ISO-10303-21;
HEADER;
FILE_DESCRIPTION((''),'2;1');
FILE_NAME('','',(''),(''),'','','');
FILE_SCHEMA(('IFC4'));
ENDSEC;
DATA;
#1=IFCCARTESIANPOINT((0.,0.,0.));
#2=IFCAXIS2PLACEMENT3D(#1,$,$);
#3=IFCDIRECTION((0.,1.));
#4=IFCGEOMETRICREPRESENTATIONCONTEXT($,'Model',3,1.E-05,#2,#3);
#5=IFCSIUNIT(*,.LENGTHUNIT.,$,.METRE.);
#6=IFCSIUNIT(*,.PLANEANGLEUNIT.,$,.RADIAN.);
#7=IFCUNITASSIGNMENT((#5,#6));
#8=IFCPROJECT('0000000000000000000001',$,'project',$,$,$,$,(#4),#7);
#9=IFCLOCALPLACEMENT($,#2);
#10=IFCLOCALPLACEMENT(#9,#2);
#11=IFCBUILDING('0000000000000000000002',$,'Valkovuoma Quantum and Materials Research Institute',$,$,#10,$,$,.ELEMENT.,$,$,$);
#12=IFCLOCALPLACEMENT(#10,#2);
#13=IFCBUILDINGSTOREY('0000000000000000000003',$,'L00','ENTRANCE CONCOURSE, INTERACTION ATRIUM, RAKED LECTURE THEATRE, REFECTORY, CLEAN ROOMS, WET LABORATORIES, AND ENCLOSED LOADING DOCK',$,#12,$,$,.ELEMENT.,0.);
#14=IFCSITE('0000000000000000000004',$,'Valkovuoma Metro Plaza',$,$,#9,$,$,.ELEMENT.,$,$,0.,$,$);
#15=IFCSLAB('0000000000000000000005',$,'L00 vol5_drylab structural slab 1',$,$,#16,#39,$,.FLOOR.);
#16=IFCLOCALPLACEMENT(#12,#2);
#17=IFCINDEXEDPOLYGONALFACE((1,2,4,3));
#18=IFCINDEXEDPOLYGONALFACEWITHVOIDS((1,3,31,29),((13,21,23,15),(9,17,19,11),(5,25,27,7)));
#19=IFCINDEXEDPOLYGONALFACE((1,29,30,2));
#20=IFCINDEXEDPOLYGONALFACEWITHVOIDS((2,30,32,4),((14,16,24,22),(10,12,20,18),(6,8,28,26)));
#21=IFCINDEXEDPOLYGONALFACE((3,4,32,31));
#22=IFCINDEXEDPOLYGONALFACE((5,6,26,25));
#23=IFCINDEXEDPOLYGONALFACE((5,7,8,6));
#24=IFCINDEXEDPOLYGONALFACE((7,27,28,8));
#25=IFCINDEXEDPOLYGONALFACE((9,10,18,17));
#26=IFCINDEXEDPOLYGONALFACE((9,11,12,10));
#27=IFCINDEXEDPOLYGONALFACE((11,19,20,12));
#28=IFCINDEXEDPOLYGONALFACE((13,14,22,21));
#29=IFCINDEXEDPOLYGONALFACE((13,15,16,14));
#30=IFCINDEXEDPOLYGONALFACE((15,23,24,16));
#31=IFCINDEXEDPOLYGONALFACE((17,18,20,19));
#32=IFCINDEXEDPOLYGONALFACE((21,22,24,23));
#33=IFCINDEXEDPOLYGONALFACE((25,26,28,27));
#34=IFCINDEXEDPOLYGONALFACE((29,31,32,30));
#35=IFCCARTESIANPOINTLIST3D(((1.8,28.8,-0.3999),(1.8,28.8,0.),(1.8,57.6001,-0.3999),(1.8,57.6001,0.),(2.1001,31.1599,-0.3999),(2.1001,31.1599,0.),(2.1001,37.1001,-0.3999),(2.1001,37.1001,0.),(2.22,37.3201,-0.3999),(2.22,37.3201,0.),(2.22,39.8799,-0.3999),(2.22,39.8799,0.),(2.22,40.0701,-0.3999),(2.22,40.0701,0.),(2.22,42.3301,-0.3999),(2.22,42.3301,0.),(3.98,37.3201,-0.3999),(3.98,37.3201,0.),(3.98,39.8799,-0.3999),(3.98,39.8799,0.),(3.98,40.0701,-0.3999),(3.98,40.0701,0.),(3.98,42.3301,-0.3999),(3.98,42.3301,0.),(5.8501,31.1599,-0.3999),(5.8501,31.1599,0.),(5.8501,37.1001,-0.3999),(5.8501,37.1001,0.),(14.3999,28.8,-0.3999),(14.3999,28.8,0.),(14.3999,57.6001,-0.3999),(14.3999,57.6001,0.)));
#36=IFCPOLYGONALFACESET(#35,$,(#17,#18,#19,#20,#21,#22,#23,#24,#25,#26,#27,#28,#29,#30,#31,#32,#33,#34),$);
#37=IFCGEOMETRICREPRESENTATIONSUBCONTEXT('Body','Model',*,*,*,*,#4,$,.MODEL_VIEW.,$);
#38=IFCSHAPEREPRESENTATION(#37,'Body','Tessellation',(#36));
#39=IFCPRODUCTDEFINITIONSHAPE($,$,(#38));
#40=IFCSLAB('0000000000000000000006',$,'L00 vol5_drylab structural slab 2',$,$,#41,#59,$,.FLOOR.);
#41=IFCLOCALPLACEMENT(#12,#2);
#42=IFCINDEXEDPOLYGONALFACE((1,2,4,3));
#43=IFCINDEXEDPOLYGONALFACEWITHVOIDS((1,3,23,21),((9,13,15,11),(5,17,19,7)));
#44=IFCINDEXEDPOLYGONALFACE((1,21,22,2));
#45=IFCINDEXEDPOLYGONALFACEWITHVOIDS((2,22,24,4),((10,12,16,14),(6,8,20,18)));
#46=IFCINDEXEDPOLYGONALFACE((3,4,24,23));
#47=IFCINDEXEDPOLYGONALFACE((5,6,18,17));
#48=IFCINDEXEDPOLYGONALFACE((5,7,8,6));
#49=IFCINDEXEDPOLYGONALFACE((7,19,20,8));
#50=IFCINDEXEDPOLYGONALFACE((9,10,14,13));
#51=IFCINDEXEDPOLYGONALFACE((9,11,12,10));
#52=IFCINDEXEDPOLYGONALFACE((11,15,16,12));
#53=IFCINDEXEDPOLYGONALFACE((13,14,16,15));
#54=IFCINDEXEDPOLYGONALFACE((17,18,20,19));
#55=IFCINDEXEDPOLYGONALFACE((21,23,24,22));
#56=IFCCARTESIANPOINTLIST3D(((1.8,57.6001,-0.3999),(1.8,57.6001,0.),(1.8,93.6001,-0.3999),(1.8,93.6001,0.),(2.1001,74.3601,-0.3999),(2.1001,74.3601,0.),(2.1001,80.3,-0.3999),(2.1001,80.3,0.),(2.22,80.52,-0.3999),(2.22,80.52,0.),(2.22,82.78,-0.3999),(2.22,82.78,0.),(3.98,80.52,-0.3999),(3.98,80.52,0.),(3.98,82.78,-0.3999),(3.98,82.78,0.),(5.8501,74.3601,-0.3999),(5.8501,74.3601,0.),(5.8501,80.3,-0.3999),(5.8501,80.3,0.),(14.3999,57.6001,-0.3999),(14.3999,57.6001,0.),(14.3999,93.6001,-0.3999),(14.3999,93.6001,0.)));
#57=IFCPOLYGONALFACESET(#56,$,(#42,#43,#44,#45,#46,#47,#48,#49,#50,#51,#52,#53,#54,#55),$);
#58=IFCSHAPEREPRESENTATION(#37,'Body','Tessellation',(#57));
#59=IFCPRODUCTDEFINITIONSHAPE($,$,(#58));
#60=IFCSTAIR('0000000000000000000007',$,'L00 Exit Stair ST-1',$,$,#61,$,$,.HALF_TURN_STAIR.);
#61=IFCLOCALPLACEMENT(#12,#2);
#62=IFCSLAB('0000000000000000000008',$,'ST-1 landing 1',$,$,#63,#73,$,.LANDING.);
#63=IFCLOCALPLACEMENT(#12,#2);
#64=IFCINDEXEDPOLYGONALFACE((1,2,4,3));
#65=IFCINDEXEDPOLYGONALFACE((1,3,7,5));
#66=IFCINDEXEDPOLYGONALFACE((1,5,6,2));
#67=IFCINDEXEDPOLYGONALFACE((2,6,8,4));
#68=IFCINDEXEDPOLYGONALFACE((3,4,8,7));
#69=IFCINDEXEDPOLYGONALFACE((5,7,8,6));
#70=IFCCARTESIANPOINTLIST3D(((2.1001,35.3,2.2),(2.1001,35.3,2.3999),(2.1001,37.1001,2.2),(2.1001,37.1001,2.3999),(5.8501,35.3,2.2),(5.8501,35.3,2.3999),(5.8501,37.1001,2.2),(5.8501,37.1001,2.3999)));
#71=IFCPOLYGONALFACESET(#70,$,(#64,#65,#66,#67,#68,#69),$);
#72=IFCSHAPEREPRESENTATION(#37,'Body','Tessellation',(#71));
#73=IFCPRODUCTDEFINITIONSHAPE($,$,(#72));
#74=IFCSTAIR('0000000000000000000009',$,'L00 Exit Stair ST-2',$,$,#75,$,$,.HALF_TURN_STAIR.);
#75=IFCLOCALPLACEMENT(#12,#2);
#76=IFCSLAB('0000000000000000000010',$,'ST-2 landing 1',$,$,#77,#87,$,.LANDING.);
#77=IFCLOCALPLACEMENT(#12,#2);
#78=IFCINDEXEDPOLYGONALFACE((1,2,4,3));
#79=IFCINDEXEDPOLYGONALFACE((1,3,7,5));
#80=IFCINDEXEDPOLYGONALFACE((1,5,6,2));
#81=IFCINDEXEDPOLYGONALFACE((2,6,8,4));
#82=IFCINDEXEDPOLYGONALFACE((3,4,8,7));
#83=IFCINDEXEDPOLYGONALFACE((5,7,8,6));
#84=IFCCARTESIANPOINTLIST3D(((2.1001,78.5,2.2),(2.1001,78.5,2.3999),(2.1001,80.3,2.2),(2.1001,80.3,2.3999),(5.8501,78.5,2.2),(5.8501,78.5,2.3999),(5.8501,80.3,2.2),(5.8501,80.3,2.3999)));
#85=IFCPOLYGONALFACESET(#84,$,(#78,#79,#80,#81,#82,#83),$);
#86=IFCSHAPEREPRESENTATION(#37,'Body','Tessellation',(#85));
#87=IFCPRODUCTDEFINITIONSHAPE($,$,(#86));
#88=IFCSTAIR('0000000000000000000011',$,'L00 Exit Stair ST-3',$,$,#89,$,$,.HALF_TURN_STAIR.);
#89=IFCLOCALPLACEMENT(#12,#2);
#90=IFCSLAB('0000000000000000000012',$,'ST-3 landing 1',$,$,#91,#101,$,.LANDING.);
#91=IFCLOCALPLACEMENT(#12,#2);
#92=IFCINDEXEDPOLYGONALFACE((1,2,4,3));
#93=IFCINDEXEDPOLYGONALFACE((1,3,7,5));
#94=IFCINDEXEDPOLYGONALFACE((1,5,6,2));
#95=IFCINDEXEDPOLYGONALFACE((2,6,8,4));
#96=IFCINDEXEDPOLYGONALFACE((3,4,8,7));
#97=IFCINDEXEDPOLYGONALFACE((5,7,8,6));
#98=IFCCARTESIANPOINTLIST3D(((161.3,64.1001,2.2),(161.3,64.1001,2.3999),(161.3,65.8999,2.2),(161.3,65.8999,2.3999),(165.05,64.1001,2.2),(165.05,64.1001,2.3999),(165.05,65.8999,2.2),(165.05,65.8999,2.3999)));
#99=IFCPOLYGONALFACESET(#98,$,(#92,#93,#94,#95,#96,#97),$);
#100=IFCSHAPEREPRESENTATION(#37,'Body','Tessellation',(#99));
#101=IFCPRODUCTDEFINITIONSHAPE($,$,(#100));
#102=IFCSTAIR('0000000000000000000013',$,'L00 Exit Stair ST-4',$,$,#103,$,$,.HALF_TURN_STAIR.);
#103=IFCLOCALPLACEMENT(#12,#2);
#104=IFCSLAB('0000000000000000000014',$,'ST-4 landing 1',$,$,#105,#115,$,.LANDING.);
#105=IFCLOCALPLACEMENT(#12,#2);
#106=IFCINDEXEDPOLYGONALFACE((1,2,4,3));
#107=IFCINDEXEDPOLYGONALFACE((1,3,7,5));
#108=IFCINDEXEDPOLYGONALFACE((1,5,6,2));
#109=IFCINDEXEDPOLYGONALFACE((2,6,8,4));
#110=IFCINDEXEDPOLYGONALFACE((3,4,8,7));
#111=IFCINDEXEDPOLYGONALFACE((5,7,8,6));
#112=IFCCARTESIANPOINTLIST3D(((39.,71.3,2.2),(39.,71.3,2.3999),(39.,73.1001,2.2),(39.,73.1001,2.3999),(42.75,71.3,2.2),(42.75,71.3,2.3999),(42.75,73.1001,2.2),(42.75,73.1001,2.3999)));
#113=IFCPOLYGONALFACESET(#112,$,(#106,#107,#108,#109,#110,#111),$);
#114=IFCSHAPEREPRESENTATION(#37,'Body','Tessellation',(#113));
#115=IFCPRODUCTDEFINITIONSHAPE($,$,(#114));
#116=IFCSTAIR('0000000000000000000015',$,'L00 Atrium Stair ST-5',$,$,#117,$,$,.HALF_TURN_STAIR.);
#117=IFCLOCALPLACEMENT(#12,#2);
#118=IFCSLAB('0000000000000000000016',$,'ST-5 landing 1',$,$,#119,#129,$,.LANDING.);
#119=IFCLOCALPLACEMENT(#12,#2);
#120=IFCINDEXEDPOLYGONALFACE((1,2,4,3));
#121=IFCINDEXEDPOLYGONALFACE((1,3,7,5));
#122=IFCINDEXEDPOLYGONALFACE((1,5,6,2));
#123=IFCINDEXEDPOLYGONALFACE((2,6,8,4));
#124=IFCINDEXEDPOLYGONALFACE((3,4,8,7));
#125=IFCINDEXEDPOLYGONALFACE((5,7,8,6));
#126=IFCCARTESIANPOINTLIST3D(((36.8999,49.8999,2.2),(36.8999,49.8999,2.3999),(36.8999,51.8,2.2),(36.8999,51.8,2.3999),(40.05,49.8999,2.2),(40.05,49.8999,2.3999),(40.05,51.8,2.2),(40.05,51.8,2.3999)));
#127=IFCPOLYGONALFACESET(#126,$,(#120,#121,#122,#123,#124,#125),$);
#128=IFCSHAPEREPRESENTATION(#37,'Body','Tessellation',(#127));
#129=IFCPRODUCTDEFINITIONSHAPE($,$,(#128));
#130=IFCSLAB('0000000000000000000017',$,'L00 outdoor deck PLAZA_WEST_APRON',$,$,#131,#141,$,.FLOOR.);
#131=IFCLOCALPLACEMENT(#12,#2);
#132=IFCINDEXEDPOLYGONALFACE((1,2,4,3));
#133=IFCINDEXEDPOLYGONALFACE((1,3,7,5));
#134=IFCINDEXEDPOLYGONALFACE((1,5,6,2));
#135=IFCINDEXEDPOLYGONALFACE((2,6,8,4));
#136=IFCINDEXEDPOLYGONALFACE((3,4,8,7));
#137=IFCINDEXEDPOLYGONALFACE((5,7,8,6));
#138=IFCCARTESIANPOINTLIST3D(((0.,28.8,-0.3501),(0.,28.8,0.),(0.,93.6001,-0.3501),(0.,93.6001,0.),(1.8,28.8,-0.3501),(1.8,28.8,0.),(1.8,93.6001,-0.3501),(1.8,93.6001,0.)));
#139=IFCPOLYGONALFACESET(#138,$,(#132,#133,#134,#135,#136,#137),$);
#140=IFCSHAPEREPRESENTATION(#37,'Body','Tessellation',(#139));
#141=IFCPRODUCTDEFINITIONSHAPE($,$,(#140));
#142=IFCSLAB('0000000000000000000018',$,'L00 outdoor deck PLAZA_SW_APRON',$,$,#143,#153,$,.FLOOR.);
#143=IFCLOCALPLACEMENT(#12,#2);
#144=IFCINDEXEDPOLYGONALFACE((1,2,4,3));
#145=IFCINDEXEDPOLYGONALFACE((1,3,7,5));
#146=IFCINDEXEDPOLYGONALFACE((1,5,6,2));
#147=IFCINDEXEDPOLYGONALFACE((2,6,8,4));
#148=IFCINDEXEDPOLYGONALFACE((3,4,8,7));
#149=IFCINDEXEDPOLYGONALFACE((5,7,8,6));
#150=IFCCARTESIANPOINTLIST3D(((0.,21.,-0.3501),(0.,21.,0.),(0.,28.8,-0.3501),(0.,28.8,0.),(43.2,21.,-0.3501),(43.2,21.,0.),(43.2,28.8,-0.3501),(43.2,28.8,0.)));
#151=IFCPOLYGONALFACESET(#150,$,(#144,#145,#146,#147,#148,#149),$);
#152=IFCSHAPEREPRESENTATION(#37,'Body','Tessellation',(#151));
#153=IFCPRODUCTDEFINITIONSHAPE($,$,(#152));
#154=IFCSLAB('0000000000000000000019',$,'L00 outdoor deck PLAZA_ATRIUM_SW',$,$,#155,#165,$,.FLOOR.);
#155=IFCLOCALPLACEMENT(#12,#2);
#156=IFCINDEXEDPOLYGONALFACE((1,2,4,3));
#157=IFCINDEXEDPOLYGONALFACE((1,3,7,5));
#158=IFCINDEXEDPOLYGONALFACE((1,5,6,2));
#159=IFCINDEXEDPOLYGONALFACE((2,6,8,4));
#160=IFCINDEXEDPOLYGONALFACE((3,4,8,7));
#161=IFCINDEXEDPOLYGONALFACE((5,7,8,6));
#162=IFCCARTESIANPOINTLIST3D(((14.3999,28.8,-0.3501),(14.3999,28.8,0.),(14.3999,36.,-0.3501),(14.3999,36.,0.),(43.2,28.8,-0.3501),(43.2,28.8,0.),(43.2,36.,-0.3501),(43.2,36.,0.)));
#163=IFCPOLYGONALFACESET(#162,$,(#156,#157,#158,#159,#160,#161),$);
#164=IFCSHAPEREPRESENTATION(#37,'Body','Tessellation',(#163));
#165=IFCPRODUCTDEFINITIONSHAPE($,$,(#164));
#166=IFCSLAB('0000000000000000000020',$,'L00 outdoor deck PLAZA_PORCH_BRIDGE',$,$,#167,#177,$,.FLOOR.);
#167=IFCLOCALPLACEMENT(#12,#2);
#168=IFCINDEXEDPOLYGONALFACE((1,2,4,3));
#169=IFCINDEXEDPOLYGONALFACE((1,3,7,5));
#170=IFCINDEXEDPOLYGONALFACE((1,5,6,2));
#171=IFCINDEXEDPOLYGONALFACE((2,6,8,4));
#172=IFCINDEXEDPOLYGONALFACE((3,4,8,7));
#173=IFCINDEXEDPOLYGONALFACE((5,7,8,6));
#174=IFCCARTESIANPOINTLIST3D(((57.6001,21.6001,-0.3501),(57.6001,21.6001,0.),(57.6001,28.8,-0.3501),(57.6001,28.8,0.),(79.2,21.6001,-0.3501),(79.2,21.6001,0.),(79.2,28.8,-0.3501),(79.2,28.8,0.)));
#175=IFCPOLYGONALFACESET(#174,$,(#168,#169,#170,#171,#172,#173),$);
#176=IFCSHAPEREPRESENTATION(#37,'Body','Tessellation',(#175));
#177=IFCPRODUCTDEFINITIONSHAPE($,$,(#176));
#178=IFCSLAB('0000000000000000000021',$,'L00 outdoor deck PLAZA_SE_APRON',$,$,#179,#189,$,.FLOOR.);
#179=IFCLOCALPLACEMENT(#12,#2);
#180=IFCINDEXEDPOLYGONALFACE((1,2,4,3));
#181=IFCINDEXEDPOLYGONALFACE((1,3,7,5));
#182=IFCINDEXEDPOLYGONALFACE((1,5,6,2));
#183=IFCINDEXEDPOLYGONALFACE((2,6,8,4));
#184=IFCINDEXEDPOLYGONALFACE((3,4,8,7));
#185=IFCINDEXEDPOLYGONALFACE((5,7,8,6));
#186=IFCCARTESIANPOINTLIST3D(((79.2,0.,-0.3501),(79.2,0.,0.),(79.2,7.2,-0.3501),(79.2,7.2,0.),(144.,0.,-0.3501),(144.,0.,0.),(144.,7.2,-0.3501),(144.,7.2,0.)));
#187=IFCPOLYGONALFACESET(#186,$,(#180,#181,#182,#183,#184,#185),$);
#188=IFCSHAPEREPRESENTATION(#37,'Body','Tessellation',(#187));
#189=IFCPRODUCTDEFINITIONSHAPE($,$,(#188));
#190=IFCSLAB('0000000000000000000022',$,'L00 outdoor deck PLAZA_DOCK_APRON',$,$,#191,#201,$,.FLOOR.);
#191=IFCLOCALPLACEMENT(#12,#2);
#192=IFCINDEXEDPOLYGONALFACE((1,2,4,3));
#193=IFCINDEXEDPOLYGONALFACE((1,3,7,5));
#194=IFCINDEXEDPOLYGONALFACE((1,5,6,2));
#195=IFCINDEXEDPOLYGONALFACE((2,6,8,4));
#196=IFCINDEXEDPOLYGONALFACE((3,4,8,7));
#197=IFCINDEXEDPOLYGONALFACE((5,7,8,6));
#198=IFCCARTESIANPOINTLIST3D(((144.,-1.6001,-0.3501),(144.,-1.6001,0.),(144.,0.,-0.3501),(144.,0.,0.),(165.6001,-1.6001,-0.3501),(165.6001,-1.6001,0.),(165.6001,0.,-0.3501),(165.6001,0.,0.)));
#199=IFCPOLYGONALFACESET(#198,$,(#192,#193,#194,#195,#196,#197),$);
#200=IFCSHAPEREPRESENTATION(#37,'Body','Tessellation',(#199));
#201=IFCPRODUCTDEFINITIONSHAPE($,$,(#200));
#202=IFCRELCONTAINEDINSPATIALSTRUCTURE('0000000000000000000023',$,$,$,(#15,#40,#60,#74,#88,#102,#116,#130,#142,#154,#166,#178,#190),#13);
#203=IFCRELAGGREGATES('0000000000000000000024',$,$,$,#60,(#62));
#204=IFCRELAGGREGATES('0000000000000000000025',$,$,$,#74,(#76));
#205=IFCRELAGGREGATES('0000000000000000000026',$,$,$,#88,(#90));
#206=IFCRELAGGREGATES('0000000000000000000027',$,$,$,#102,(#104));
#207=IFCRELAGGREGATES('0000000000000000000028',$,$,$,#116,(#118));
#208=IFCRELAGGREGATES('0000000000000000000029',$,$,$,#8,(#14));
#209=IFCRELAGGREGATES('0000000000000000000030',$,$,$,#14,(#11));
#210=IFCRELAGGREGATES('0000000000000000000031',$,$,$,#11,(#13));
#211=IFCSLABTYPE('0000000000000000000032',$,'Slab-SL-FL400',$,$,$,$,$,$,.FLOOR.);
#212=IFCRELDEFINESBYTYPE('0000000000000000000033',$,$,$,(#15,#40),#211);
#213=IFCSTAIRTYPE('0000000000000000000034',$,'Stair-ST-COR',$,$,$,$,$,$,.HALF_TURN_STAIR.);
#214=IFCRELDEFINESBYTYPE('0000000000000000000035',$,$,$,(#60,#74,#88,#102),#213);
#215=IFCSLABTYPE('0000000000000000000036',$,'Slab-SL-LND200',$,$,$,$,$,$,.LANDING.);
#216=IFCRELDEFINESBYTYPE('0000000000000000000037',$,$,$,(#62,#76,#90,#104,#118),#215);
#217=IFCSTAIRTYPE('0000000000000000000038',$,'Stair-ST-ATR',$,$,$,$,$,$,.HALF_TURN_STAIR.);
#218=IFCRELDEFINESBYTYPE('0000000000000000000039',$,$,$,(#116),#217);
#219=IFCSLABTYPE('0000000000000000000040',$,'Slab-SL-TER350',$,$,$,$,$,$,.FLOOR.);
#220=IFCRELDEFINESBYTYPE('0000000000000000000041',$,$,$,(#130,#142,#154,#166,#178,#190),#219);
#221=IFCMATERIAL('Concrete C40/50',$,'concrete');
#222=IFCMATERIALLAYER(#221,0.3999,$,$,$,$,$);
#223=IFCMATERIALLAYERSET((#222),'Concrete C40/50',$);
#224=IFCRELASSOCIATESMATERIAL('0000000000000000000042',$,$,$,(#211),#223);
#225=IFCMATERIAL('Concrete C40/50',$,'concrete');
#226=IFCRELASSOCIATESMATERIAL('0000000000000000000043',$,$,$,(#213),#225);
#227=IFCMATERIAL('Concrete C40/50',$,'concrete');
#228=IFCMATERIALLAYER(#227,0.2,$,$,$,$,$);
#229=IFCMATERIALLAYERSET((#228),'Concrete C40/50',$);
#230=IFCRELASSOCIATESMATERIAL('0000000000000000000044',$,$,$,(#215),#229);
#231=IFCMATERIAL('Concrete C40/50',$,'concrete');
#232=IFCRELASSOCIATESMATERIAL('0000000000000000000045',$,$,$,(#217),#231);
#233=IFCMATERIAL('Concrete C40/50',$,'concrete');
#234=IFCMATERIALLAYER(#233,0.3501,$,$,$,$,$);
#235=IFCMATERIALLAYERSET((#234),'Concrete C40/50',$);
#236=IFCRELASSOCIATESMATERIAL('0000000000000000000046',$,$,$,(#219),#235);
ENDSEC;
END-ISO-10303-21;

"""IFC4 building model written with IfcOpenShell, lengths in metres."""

from ifc_helpers import new_model, si_unit, direction, frame, origin, place, context, subcontext, project, spatial, polyline, outline, extrude, material, layer, layer_set, type_object, element, aggregate, save


model = new_model("IFC4")

# Units and contexts
model_context = context("Model", 3, precision=1e-05, world=origin(), true_north=direction((0.0, 1.0)))
body_context = subcontext(model_context, "Body", "Model", "MODEL_VIEW")
ifc_project = project(units=[si_unit("LENGTHUNIT", "METRE"), si_unit("PLANEANGLEUNIT", "RADIAN")], contexts=[model_context])

# Site, building, storey
site_placement = place(None, origin())
site = spatial("IfcSite", under=ifc_project, at=site_placement, Name="Valkovuoma Metro Plaza", CompositionType="ELEMENT", RefElevation=0.0)
building_placement = place(site_placement, origin())
building = spatial("IfcBuilding", under=site, at=building_placement, Name="Valkovuoma Quantum and Materials Research Institute", CompositionType="ELEMENT")
storey_placement = place(building_placement, origin())
storey = spatial("IfcBuildingStorey", under=building, at=storey_placement, Name="L00", Description="ENTRANCE CONCOURSE, INTERACTION ATRIUM, RAKED LECTURE THEATRE, REFECTORY, CLEAN ROOMS, WET LABORATORIES, AND ENCLOSED LOADING DOCK", CompositionType="ELEMENT", Elevation=0.0)

# Slabs
ifc_material_1 = material(Name="Concrete C40/50", Category="concrete")
ifc_layer_1 = layer(ifc_material_1, 0.3999)
ifc_layer_set_1 = layer_set([ifc_layer_1], Name="Concrete C40/50")
slab_type_1 = type_object("IfcSlabType", Name="Slab-SL-FL400", PredefinedType="FLOOR", material=ifc_layer_set_1)
slab_1_placement = place(storey_placement, frame((0.0, 0.0, -0.3999)))
element("IfcSlab", 1, at=slab_1_placement, inside=storey, type_object=slab_type_1, Name="L00 vol5_drylab structural slab 1", PredefinedType="FLOOR", context=body_context, shape_type="SweptSolid", body=[
    extrude(outline(polyline([(1.8, 28.8), (14.3999, 28.8), (14.3999, 57.6001), (1.8, 57.6001), (1.8, 28.8)]), holes=[polyline([(2.1001, 31.1599), (5.8501, 31.1599), (5.8501, 37.1001), (2.1001, 37.1001), (2.1001, 31.1599)]), polyline([(2.22, 37.3201), (3.98, 37.3201), (3.98, 39.8799), (2.22, 39.8799), (2.22, 37.3201)]), polyline([(2.22, 40.0701), (3.98, 40.0701), (3.98, 42.3301), (2.22, 42.3301), (2.22, 40.0701)])]), origin(), (0.0, 0.0, 1.0), 0.3999),
])
slab_2_placement = place(storey_placement, frame((0.0, 0.0, -0.3999)))
element("IfcSlab", 2, at=slab_2_placement, inside=storey, type_object=slab_type_1, Name="L00 vol5_drylab structural slab 2", PredefinedType="FLOOR", context=body_context, shape_type="SweptSolid", body=[
    extrude(outline(polyline([(1.8, 57.6001), (14.3999, 57.6001), (14.3999, 93.6001), (1.8, 93.6001), (1.8, 57.6001)]), holes=[polyline([(2.1001, 74.3601), (5.8501, 74.3601), (5.8501, 80.3), (2.1001, 80.3), (2.1001, 74.3601)]), polyline([(2.22, 80.52), (3.98, 80.52), (3.98, 82.78), (2.22, 82.78), (2.22, 80.52)])]), origin(), (0.0, 0.0, 1.0), 0.3999),
])

# Stairs, slabs
ifc_material_2 = material(Name="Concrete C40/50", Category="concrete")
stair_type_1 = type_object("IfcStairType", Name="Stair-ST-COR", PredefinedType="HALF_TURN_STAIR", material=ifc_material_2)
stair_1_placement = place(storey_placement, origin())
stair_1 = element("IfcStair", 3, at=stair_1_placement, inside=storey, type_object=stair_type_1, Name="L00 Exit Stair ST-1", PredefinedType="HALF_TURN_STAIR")
ifc_material_3 = material(Name="Concrete C40/50", Category="concrete")
ifc_layer_2 = layer(ifc_material_3, 0.2)
ifc_layer_set_2 = layer_set([ifc_layer_2], Name="Concrete C40/50")
slab_type_2 = type_object("IfcSlabType", Name="Slab-SL-LND200", PredefinedType="LANDING", material=ifc_layer_set_2)
slab_3_placement = place(storey_placement, frame((0.0, 0.0, 2.2)))
slab_3 = element("IfcSlab", 4, at=slab_3_placement, type_object=slab_type_2, Name="ST-1 landing 1", PredefinedType="LANDING", context=body_context, shape_type="SweptSolid", body=[
    extrude(outline(polyline([(5.8501, 35.3), (5.8501, 37.1001), (2.1001, 37.1001), (2.1001, 35.3), (5.8501, 35.3)])), origin(), (0.0, 0.0, 1.0), 0.2),
])
aggregate(stair_1, [slab_3])
stair_2_placement = place(storey_placement, origin())
stair_2 = element("IfcStair", 5, at=stair_2_placement, inside=storey, type_object=stair_type_1, Name="L00 Exit Stair ST-2", PredefinedType="HALF_TURN_STAIR")
slab_4_placement = place(storey_placement, frame((0.0, 0.0, 2.2)))
slab_4 = element("IfcSlab", 6, at=slab_4_placement, type_object=slab_type_2, Name="ST-2 landing 1", PredefinedType="LANDING", context=body_context, shape_type="SweptSolid", body=[
    extrude(outline(polyline([(5.8501, 78.5), (5.8501, 80.3), (2.1001, 80.3), (2.1001, 78.5), (5.8501, 78.5)])), origin(), (0.0, 0.0, 1.0), 0.2),
])
aggregate(stair_2, [slab_4])
stair_3_placement = place(storey_placement, origin())
stair_3 = element("IfcStair", 7, at=stair_3_placement, inside=storey, type_object=stair_type_1, Name="L00 Exit Stair ST-3", PredefinedType="HALF_TURN_STAIR")
slab_5_placement = place(storey_placement, frame((0.0, 0.0, 2.2)))
slab_5 = element("IfcSlab", 8, at=slab_5_placement, type_object=slab_type_2, Name="ST-3 landing 1", PredefinedType="LANDING", context=body_context, shape_type="SweptSolid", body=[
    extrude(outline(polyline([(165.05, 64.1001), (165.05, 65.8999), (161.3, 65.8999), (161.3, 64.1001), (165.05, 64.1001)])), origin(), (0.0, 0.0, 1.0), 0.2),
])
aggregate(stair_3, [slab_5])
stair_4_placement = place(storey_placement, origin())
stair_4 = element("IfcStair", 9, at=stair_4_placement, inside=storey, type_object=stair_type_1, Name="L00 Exit Stair ST-4", PredefinedType="HALF_TURN_STAIR")
slab_6_placement = place(storey_placement, frame((0.0, 0.0, 2.2)))
slab_6 = element("IfcSlab", 10, at=slab_6_placement, type_object=slab_type_2, Name="ST-4 landing 1", PredefinedType="LANDING", context=body_context, shape_type="SweptSolid", body=[
    extrude(outline(polyline([(42.75, 71.3), (42.75, 73.1001), (39.0, 73.1001), (39.0, 71.3), (42.75, 71.3)])), origin(), (0.0, 0.0, 1.0), 0.2),
])
aggregate(stair_4, [slab_6])
ifc_material_4 = material(Name="Concrete C40/50", Category="concrete")
stair_type_2 = type_object("IfcStairType", Name="Stair-ST-ATR", PredefinedType="HALF_TURN_STAIR", material=ifc_material_4)
stair_5_placement = place(storey_placement, origin())
stair_5 = element("IfcStair", 11, at=stair_5_placement, inside=storey, type_object=stair_type_2, Name="L00 Atrium Stair ST-5", PredefinedType="HALF_TURN_STAIR")
slab_7_placement = place(storey_placement, frame((0.0, 0.0, 2.2)))
slab_7 = element("IfcSlab", 12, at=slab_7_placement, type_object=slab_type_2, Name="ST-5 landing 1", PredefinedType="LANDING", context=body_context, shape_type="SweptSolid", body=[
    extrude(outline(polyline([(40.05, 49.8999), (40.05, 51.8), (36.8999, 51.8), (36.8999, 49.8999), (40.05, 49.8999)])), origin(), (0.0, 0.0, 1.0), 0.2),
])
aggregate(stair_5, [slab_7])

# Slabs
ifc_material_5 = material(Name="Concrete C40/50", Category="concrete")
ifc_layer_3 = layer(ifc_material_5, 0.3501)
ifc_layer_set_3 = layer_set([ifc_layer_3], Name="Concrete C40/50")
slab_type_3 = type_object("IfcSlabType", Name="Slab-SL-TER350", PredefinedType="FLOOR", material=ifc_layer_set_3)
slab_8_placement = place(storey_placement, frame((0.0, 0.0, -0.3501)))
element("IfcSlab", 13, at=slab_8_placement, inside=storey, type_object=slab_type_3, Name="L00 outdoor deck PLAZA_WEST_APRON", PredefinedType="FLOOR", context=body_context, shape_type="SweptSolid", body=[
    extrude(outline(polyline([(0.0, 28.8), (1.8, 28.8), (1.8, 93.6001), (0.0, 93.6001), (0.0, 28.8)])), origin(), (0.0, 0.0, 1.0), 0.3501),
])
slab_9_placement = place(storey_placement, frame((0.0, 0.0, -0.3501)))
element("IfcSlab", 14, at=slab_9_placement, inside=storey, type_object=slab_type_3, Name="L00 outdoor deck PLAZA_SW_APRON", PredefinedType="FLOOR", context=body_context, shape_type="SweptSolid", body=[
    extrude(outline(polyline([(0.0, 21.0), (43.2, 21.0), (43.2, 28.8), (0.0, 28.8), (0.0, 21.0)])), origin(), (0.0, 0.0, 1.0), 0.3501),
])
slab_10_placement = place(storey_placement, frame((0.0, 0.0, -0.3501)))
element("IfcSlab", 15, at=slab_10_placement, inside=storey, type_object=slab_type_3, Name="L00 outdoor deck PLAZA_ATRIUM_SW", PredefinedType="FLOOR", context=body_context, shape_type="SweptSolid", body=[
    extrude(outline(polyline([(14.3999, 28.8), (43.2, 28.8), (43.2, 36.0), (14.3999, 36.0), (14.3999, 28.8)])), origin(), (0.0, 0.0, 1.0), 0.3501),
])
slab_11_placement = place(storey_placement, frame((0.0, 0.0, -0.3501)))
element("IfcSlab", 16, at=slab_11_placement, inside=storey, type_object=slab_type_3, Name="L00 outdoor deck PLAZA_PORCH_BRIDGE", PredefinedType="FLOOR", context=body_context, shape_type="SweptSolid", body=[
    extrude(outline(polyline([(57.6001, 21.6001), (79.2, 21.6001), (79.2, 28.8), (57.6001, 28.8), (57.6001, 21.6001)])), origin(), (0.0, 0.0, 1.0), 0.3501),
])
slab_12_placement = place(storey_placement, frame((0.0, 0.0, -0.3501)))
element("IfcSlab", 17, at=slab_12_placement, inside=storey, type_object=slab_type_3, Name="L00 outdoor deck PLAZA_SE_APRON", PredefinedType="FLOOR", context=body_context, shape_type="SweptSolid", body=[
    extrude(outline(polyline([(79.2, 0.0), (144.0, 0.0), (144.0, 7.2), (79.2, 7.2), (79.2, 0.0)])), origin(), (0.0, 0.0, 1.0), 0.3501),
])
slab_13_placement = place(storey_placement, frame((0.0, 0.0, -0.3501)))
element("IfcSlab", 18, at=slab_13_placement, inside=storey, type_object=slab_type_3, Name="L00 outdoor deck PLAZA_DOCK_APRON", PredefinedType="FLOOR", context=body_context, shape_type="SweptSolid", body=[
    extrude(outline(polyline([(144.0, -1.6001), (165.6001, -1.6001), (165.6001, 0.0), (144.0, 0.0), (144.0, -1.6001)])), origin(), (0.0, 0.0, 1.0), 0.3501),
])

save(model, "model.ifc")
